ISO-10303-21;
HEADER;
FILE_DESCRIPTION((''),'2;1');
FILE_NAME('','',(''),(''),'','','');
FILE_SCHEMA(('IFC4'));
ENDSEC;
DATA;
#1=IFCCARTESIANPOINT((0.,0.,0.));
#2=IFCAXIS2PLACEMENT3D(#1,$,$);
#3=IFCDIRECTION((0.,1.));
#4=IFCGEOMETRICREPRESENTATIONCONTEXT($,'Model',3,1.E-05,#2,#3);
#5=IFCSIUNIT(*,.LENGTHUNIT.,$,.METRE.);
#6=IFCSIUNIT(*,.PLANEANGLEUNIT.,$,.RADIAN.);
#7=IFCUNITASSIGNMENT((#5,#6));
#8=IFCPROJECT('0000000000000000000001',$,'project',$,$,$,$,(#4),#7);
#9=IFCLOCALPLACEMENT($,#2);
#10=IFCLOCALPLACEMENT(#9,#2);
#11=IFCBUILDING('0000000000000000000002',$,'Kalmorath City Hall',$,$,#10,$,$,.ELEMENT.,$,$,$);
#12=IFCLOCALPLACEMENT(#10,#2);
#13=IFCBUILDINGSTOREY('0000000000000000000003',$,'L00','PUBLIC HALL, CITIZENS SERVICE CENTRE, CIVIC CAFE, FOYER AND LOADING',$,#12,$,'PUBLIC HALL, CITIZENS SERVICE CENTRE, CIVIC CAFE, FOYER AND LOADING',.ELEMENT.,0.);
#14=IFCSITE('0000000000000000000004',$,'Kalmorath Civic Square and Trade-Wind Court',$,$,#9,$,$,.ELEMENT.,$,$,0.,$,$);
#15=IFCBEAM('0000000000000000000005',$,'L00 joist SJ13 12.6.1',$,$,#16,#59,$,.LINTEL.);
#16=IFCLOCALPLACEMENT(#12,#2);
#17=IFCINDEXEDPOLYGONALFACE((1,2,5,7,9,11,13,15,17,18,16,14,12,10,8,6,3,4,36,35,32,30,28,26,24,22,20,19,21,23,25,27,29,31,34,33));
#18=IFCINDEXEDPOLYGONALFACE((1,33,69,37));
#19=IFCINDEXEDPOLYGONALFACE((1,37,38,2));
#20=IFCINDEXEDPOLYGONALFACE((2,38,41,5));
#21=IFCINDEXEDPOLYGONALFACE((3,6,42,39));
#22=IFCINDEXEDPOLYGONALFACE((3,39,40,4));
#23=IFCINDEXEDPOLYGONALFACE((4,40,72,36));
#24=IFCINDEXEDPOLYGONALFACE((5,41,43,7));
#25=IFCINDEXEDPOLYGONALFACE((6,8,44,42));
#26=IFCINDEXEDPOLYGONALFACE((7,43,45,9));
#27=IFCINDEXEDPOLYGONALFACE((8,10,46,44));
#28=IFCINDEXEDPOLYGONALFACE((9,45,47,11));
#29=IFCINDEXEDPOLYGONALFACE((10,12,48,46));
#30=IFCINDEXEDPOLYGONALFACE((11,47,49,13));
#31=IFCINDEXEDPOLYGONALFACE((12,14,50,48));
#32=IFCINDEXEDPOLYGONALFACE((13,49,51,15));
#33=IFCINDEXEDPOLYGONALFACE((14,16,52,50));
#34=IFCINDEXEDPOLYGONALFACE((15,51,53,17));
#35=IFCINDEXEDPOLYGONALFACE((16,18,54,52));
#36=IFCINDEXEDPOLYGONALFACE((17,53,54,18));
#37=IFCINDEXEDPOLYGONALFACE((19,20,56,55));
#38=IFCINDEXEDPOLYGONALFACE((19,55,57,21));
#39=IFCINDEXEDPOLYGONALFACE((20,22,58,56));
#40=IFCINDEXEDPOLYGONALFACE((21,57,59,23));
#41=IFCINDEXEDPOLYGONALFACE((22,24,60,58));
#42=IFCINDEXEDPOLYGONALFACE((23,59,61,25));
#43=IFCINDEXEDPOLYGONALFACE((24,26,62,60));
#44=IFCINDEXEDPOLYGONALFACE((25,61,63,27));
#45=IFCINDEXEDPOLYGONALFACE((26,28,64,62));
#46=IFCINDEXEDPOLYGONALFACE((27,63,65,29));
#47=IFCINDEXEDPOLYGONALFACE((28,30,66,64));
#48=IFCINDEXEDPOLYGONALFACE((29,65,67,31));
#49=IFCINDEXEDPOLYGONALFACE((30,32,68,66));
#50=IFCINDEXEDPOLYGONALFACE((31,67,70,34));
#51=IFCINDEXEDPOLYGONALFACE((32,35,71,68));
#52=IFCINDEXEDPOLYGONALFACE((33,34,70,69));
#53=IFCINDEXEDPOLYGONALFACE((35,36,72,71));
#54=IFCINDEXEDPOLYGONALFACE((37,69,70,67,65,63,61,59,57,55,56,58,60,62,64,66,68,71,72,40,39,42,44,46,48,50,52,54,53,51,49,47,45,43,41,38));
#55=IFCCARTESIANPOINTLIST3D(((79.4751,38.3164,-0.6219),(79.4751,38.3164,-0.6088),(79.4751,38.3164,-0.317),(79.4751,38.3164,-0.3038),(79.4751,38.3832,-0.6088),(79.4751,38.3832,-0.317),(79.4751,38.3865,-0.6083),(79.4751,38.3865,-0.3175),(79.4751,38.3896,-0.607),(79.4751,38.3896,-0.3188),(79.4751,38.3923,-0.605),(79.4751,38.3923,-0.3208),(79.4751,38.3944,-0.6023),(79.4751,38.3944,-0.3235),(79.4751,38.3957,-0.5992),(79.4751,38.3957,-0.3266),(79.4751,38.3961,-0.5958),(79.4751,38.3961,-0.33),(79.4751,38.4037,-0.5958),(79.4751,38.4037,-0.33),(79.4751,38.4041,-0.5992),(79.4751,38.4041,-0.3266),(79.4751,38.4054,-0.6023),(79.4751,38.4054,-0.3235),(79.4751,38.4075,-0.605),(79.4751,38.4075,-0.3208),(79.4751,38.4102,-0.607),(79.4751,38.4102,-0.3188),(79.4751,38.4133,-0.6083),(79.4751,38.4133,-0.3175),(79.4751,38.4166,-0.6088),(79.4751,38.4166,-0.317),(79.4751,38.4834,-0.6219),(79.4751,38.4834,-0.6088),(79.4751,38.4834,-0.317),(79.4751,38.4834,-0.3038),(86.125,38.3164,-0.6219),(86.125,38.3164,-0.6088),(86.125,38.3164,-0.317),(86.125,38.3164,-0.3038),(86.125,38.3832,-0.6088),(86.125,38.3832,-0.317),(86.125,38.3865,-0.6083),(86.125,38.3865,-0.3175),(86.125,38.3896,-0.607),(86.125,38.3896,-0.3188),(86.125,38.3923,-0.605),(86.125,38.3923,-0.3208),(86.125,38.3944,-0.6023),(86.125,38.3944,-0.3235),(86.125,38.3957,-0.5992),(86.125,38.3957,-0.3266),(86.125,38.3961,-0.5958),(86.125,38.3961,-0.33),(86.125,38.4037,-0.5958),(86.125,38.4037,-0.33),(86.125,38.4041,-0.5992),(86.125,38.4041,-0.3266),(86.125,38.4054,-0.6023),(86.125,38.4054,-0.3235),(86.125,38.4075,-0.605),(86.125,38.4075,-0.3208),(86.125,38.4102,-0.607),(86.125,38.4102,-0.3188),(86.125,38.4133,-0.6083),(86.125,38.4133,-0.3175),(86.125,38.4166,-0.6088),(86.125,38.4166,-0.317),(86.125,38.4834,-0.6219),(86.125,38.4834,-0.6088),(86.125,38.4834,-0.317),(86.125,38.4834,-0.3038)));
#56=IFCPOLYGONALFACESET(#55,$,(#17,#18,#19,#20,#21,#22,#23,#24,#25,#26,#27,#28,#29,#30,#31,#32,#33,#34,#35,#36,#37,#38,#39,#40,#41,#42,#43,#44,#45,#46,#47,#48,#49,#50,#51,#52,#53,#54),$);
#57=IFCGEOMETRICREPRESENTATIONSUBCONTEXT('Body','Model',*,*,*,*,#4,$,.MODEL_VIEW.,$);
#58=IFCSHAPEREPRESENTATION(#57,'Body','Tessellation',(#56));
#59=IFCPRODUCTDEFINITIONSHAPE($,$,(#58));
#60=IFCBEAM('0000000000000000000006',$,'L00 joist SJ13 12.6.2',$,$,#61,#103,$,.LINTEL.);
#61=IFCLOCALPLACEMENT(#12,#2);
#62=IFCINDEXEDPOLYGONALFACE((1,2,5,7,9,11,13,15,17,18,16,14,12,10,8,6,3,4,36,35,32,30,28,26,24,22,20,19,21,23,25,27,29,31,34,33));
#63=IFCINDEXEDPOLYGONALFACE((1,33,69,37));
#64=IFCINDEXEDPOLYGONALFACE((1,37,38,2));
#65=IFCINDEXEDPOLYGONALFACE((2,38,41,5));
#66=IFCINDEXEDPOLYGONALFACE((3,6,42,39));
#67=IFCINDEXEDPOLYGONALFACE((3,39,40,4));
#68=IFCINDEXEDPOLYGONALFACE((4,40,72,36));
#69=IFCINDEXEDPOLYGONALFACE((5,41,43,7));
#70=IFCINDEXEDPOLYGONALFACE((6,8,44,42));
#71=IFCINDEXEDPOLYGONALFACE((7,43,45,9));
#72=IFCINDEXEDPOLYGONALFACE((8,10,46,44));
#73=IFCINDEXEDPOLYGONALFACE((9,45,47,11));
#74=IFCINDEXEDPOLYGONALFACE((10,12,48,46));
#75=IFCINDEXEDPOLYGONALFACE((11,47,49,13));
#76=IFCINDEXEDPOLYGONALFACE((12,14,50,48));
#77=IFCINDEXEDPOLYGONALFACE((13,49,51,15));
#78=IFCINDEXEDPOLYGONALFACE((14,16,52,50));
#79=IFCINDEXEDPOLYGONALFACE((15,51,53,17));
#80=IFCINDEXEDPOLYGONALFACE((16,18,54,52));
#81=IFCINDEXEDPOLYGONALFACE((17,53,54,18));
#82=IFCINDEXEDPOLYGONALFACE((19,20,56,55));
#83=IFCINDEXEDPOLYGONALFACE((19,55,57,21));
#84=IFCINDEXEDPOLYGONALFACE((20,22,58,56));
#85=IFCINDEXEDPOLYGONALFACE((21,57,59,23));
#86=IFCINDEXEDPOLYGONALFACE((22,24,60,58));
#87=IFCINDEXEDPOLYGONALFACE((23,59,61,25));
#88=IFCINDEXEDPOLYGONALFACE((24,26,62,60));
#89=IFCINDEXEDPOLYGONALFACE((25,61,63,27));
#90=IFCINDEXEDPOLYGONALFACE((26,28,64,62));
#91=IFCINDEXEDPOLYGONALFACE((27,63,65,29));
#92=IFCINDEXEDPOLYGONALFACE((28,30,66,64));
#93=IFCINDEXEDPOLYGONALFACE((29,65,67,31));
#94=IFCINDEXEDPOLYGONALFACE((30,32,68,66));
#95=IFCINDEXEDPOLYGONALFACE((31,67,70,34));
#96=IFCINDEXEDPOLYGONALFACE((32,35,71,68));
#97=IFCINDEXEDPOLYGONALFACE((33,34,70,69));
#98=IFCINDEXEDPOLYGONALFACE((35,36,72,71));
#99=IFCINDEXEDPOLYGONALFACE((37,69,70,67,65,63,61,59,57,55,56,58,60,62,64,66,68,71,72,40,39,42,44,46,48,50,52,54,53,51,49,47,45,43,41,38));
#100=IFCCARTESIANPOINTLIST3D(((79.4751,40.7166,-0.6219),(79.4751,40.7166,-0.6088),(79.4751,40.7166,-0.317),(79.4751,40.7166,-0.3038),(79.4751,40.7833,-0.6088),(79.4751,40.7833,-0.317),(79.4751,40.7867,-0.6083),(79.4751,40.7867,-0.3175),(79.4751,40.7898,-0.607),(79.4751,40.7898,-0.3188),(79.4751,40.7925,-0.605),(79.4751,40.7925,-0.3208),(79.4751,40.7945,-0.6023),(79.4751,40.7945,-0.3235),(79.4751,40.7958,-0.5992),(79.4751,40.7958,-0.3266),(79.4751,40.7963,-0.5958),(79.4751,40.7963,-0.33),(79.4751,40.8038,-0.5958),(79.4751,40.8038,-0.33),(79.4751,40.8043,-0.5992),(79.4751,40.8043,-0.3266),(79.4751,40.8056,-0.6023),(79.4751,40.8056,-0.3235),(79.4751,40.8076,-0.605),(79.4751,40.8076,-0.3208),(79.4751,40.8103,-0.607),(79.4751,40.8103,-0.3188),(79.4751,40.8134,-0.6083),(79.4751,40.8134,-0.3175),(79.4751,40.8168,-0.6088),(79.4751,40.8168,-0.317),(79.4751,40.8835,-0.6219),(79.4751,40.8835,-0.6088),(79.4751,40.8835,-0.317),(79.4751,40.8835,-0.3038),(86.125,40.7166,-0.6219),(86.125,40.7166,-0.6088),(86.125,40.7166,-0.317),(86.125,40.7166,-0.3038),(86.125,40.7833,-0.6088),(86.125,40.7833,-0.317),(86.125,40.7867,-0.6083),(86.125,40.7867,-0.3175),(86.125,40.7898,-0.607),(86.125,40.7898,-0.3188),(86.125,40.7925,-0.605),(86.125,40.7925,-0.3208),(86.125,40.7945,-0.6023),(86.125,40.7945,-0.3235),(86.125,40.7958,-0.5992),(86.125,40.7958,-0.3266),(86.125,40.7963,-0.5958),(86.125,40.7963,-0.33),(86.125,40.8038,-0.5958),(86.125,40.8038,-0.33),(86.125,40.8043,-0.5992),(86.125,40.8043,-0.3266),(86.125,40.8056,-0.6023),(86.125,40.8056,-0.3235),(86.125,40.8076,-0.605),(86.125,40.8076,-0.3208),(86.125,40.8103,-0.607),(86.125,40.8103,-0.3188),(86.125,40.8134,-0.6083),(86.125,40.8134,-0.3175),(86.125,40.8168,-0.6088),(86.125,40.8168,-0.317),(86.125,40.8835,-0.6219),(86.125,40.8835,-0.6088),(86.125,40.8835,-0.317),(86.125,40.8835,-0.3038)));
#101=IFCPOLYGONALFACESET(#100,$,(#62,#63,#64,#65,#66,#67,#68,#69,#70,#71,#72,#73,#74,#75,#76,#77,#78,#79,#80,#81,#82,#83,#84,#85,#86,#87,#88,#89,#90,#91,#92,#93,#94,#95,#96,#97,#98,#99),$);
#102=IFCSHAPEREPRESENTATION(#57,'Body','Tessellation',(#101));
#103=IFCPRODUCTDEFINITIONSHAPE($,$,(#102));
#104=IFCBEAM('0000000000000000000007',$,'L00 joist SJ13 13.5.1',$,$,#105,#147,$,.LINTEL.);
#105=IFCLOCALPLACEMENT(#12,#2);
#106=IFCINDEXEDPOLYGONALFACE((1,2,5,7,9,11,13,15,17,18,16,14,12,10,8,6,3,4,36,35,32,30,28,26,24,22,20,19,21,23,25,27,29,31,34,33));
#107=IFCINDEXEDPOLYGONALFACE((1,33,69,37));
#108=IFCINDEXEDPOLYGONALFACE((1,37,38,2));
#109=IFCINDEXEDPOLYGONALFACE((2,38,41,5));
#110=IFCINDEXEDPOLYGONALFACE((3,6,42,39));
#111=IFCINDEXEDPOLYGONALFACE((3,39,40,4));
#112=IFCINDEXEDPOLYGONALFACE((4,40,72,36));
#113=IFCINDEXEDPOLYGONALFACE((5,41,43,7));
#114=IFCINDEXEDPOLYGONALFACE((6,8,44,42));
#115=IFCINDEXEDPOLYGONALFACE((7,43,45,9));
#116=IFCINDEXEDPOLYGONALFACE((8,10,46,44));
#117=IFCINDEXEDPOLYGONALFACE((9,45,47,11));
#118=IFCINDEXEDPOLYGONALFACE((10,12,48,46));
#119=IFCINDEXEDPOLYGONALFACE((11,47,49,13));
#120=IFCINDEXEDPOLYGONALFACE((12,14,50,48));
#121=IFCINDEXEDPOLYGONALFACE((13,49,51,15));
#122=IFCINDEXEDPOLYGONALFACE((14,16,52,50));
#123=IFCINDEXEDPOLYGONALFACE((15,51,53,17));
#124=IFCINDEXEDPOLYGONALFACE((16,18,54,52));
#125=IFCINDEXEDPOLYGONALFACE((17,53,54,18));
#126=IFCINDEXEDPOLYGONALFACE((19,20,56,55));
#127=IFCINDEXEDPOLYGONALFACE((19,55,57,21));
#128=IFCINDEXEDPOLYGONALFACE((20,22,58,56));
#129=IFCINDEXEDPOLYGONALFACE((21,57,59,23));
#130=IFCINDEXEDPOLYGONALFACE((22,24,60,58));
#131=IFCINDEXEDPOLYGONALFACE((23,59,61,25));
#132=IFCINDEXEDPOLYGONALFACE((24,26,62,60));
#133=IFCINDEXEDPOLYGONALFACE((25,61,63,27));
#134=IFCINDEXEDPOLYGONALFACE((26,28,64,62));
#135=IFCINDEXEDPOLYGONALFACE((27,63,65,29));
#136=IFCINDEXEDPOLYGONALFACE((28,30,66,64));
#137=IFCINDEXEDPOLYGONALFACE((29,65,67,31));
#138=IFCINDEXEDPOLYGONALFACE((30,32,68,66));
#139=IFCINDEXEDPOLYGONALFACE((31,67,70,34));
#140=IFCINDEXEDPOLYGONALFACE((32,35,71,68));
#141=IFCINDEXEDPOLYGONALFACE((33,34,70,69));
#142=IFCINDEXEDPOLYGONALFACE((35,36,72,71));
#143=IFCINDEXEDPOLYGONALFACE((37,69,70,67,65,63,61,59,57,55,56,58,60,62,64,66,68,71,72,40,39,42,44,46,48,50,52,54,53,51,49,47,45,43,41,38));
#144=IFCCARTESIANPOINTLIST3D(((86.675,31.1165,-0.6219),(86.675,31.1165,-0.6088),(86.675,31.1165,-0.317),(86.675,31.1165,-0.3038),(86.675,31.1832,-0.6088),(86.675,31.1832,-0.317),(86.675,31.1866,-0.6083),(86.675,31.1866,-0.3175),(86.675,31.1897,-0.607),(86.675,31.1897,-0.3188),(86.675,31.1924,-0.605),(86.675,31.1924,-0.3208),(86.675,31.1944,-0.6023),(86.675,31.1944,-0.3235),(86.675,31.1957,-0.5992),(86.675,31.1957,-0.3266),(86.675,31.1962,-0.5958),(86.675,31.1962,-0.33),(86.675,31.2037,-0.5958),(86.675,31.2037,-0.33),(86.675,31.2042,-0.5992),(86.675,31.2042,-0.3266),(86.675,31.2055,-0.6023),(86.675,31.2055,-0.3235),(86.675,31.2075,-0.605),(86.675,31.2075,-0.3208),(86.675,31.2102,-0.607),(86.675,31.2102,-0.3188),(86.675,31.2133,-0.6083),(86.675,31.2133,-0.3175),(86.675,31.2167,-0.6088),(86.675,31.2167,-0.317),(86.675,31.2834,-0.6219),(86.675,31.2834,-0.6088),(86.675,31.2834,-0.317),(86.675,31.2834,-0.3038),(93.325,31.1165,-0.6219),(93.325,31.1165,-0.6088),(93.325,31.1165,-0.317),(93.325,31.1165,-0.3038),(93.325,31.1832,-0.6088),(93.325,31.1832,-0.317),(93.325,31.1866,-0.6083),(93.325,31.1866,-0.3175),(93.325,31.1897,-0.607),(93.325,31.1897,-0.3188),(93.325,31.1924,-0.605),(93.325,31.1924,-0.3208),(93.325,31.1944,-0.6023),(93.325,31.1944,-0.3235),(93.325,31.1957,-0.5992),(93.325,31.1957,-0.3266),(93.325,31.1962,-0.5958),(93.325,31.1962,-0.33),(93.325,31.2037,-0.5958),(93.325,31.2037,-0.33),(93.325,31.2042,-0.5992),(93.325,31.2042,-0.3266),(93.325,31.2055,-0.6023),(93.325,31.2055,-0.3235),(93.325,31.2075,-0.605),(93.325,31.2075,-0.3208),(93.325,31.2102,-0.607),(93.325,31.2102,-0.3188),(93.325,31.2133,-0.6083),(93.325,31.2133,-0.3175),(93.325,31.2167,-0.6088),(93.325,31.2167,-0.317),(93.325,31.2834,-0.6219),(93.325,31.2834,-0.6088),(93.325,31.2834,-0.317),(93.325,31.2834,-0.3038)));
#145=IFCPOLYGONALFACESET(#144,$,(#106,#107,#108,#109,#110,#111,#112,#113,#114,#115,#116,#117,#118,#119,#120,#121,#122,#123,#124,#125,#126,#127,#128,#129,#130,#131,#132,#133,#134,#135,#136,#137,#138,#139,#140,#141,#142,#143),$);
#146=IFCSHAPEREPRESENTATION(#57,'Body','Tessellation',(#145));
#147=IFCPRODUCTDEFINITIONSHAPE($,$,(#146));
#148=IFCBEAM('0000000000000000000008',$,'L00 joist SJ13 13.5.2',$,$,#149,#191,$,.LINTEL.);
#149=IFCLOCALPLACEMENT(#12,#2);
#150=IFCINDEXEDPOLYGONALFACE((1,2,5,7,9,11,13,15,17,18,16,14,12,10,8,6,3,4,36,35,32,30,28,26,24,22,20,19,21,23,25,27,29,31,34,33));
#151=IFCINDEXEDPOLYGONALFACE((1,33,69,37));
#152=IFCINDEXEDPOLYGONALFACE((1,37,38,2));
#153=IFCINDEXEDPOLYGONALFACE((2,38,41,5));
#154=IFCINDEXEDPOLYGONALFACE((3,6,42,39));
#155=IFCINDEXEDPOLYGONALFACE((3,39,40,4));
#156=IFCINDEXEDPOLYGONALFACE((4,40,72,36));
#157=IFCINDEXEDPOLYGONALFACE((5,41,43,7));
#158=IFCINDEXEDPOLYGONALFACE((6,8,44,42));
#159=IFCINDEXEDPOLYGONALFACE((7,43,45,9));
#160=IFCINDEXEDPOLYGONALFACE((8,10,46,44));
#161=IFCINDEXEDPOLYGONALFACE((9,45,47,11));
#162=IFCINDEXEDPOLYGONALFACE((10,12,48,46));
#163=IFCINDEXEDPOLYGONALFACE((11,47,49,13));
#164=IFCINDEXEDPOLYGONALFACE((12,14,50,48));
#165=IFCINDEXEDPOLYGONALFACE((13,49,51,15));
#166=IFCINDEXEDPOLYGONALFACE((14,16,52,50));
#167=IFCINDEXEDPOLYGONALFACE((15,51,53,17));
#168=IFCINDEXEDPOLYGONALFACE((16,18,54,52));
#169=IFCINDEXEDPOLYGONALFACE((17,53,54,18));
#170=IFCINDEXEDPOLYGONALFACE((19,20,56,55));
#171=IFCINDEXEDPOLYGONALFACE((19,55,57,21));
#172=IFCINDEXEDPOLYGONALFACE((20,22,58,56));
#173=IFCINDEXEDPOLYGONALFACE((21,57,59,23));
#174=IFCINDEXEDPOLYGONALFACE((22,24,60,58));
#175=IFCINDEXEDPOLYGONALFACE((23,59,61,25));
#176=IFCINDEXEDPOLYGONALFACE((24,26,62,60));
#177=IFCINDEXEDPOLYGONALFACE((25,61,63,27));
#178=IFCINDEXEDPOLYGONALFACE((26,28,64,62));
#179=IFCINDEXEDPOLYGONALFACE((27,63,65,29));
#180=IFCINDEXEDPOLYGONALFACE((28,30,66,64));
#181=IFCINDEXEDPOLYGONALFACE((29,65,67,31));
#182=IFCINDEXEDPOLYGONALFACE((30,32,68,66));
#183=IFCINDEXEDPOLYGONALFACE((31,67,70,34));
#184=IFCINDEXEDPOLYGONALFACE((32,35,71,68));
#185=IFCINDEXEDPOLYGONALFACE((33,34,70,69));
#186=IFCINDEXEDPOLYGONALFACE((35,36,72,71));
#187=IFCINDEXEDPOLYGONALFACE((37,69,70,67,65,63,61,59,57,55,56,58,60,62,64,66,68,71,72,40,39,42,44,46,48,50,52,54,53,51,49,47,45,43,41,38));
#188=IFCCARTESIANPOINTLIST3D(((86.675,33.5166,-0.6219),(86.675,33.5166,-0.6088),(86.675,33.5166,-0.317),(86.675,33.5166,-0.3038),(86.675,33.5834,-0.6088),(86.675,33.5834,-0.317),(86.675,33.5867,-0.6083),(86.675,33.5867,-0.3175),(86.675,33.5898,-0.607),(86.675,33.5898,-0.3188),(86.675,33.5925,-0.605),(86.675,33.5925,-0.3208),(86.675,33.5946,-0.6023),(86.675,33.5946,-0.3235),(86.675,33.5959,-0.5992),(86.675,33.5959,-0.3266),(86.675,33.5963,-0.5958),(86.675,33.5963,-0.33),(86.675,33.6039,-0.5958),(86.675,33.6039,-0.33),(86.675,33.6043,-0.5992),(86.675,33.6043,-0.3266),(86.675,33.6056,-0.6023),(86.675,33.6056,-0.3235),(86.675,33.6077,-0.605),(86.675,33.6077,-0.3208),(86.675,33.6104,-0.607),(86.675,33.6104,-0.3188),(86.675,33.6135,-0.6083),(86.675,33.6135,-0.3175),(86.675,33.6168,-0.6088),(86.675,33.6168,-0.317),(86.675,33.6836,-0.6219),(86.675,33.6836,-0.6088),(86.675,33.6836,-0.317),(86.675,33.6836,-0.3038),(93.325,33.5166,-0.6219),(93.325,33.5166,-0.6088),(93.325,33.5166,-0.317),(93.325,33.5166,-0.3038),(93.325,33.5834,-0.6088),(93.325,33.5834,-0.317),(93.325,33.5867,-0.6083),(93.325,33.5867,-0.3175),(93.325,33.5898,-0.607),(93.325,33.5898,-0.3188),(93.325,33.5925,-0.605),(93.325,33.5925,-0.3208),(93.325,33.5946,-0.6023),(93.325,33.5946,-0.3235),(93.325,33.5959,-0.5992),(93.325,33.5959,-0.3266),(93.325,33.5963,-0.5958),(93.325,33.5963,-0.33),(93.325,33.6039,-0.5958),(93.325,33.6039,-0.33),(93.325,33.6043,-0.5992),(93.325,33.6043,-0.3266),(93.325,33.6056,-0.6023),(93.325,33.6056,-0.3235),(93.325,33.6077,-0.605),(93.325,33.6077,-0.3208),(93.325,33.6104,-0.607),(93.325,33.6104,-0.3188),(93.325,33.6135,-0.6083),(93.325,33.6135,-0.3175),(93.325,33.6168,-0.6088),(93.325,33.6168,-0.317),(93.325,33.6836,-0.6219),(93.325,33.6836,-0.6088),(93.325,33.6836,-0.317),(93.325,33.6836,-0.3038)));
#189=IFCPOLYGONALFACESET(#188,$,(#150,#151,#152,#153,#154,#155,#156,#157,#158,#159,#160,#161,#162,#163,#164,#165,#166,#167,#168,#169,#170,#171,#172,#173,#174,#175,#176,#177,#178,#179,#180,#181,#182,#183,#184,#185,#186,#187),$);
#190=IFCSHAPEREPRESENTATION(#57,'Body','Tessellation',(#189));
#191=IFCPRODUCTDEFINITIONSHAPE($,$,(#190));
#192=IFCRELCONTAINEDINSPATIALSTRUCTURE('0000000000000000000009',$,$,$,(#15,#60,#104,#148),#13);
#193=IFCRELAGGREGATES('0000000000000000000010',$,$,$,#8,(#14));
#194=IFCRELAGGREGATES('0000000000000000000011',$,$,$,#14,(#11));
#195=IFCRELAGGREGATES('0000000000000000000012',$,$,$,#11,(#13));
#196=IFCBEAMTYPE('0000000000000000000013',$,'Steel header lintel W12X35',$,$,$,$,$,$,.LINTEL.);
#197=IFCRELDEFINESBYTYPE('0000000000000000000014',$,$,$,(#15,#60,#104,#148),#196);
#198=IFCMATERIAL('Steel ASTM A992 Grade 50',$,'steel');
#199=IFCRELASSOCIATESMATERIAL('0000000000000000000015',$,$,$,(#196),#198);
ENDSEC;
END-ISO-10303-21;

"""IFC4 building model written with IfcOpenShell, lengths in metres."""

from ifc_helpers import new_model, si_unit, direction, frame, origin, origin_2d, place, context, subcontext, project, spatial, i_section, extrude, material, material_profile, profile_set, type_object, element, save


model = new_model("IFC4")

# Units and contexts
model_context = context("Model", 3, precision=1e-05, world=origin(), true_north=direction((0.0, 1.0)))
body_context = subcontext(model_context, "Body", "Model", "MODEL_VIEW")
ifc_project = project(units=[si_unit("LENGTHUNIT", "METRE"), si_unit("PLANEANGLEUNIT", "RADIAN")], contexts=[model_context])

# Site, building, storey
site_placement = place(None, origin())
site = spatial("IfcSite", under=ifc_project, at=site_placement, Name="Kalmorath Civic Square and Trade-Wind Court", CompositionType="ELEMENT", RefElevation=0.0)
building_placement = place(site_placement, origin())
building = spatial("IfcBuilding", under=site, at=building_placement, Name="Kalmorath City Hall", CompositionType="ELEMENT")
storey_placement = place(building_placement, origin())
storey = spatial("IfcBuildingStorey", under=building, at=storey_placement, Name="L00", Description="PUBLIC HALL, CITIZENS SERVICE CENTRE, CIVIC CAFE, FOYER AND LOADING", LongName="PUBLIC HALL, CITIZENS SERVICE CENTRE, CIVIC CAFE, FOYER AND LOADING", CompositionType="ELEMENT", Elevation=0.0)

# Beams
ifc_material_1 = material(Name="Steel ASTM A992 Grade 50", Category="steel")
ifc_material_profile_1 = material_profile(ifc_material_1, i_section(OverallWidth=0.167, OverallDepth=0.3181, WebThickness=0.0076, FlangeThickness=0.0132, FilletRadius=0.0129, at=origin_2d()), Name="W12X35")
ifc_profile_set_1 = profile_set([ifc_material_profile_1], Name="Steel ASTM A992 Grade 50")
beam_type_1 = type_object("IfcBeamType", Name="Steel header lintel W12X35", PredefinedType="LINTEL", material=ifc_profile_set_1)
for number, where, z_axis, x_axis, name in (
    (1, (79.4751, 38.3999, -0.4629), (1.0, 0.0, 0.0), (0.0, 1.0, 0.0), "L00 joist SJ13 12.6.1"),
    (2, (79.4751, 40.8, -0.4629), (1.0, 0.0, 0.0), (0.0, 1.0, 0.0), "L00 joist SJ13 12.6.2"),
    (3, (86.675, 31.2, -0.4629), (1.0, 0.0, 0.0), (0.0, 1.0, 0.0), "L00 joist SJ13 13.5.1"),
    (4, (86.675, 33.6001, -0.4629), (1.0, 0.0, 0.0), (0.0, 1.0, 0.0), "L00 joist SJ13 13.5.2"),
):
    element("IfcBeam", number, at=place(storey_placement, frame(where, z_axis=z_axis, x_axis=x_axis)), inside=storey, type_object=beam_type_1, Name=name, PredefinedType="LINTEL", context=body_context, shape_type="SweptSolid", body=[
        extrude(i_section(OverallWidth=0.167, OverallDepth=0.3181, WebThickness=0.0076, FlangeThickness=0.0132, FilletRadius=0.0129, at=origin_2d()), origin(), (0.0, 0.0, 1.0), 6.6499),
    ])

save(model, "model.ifc")
